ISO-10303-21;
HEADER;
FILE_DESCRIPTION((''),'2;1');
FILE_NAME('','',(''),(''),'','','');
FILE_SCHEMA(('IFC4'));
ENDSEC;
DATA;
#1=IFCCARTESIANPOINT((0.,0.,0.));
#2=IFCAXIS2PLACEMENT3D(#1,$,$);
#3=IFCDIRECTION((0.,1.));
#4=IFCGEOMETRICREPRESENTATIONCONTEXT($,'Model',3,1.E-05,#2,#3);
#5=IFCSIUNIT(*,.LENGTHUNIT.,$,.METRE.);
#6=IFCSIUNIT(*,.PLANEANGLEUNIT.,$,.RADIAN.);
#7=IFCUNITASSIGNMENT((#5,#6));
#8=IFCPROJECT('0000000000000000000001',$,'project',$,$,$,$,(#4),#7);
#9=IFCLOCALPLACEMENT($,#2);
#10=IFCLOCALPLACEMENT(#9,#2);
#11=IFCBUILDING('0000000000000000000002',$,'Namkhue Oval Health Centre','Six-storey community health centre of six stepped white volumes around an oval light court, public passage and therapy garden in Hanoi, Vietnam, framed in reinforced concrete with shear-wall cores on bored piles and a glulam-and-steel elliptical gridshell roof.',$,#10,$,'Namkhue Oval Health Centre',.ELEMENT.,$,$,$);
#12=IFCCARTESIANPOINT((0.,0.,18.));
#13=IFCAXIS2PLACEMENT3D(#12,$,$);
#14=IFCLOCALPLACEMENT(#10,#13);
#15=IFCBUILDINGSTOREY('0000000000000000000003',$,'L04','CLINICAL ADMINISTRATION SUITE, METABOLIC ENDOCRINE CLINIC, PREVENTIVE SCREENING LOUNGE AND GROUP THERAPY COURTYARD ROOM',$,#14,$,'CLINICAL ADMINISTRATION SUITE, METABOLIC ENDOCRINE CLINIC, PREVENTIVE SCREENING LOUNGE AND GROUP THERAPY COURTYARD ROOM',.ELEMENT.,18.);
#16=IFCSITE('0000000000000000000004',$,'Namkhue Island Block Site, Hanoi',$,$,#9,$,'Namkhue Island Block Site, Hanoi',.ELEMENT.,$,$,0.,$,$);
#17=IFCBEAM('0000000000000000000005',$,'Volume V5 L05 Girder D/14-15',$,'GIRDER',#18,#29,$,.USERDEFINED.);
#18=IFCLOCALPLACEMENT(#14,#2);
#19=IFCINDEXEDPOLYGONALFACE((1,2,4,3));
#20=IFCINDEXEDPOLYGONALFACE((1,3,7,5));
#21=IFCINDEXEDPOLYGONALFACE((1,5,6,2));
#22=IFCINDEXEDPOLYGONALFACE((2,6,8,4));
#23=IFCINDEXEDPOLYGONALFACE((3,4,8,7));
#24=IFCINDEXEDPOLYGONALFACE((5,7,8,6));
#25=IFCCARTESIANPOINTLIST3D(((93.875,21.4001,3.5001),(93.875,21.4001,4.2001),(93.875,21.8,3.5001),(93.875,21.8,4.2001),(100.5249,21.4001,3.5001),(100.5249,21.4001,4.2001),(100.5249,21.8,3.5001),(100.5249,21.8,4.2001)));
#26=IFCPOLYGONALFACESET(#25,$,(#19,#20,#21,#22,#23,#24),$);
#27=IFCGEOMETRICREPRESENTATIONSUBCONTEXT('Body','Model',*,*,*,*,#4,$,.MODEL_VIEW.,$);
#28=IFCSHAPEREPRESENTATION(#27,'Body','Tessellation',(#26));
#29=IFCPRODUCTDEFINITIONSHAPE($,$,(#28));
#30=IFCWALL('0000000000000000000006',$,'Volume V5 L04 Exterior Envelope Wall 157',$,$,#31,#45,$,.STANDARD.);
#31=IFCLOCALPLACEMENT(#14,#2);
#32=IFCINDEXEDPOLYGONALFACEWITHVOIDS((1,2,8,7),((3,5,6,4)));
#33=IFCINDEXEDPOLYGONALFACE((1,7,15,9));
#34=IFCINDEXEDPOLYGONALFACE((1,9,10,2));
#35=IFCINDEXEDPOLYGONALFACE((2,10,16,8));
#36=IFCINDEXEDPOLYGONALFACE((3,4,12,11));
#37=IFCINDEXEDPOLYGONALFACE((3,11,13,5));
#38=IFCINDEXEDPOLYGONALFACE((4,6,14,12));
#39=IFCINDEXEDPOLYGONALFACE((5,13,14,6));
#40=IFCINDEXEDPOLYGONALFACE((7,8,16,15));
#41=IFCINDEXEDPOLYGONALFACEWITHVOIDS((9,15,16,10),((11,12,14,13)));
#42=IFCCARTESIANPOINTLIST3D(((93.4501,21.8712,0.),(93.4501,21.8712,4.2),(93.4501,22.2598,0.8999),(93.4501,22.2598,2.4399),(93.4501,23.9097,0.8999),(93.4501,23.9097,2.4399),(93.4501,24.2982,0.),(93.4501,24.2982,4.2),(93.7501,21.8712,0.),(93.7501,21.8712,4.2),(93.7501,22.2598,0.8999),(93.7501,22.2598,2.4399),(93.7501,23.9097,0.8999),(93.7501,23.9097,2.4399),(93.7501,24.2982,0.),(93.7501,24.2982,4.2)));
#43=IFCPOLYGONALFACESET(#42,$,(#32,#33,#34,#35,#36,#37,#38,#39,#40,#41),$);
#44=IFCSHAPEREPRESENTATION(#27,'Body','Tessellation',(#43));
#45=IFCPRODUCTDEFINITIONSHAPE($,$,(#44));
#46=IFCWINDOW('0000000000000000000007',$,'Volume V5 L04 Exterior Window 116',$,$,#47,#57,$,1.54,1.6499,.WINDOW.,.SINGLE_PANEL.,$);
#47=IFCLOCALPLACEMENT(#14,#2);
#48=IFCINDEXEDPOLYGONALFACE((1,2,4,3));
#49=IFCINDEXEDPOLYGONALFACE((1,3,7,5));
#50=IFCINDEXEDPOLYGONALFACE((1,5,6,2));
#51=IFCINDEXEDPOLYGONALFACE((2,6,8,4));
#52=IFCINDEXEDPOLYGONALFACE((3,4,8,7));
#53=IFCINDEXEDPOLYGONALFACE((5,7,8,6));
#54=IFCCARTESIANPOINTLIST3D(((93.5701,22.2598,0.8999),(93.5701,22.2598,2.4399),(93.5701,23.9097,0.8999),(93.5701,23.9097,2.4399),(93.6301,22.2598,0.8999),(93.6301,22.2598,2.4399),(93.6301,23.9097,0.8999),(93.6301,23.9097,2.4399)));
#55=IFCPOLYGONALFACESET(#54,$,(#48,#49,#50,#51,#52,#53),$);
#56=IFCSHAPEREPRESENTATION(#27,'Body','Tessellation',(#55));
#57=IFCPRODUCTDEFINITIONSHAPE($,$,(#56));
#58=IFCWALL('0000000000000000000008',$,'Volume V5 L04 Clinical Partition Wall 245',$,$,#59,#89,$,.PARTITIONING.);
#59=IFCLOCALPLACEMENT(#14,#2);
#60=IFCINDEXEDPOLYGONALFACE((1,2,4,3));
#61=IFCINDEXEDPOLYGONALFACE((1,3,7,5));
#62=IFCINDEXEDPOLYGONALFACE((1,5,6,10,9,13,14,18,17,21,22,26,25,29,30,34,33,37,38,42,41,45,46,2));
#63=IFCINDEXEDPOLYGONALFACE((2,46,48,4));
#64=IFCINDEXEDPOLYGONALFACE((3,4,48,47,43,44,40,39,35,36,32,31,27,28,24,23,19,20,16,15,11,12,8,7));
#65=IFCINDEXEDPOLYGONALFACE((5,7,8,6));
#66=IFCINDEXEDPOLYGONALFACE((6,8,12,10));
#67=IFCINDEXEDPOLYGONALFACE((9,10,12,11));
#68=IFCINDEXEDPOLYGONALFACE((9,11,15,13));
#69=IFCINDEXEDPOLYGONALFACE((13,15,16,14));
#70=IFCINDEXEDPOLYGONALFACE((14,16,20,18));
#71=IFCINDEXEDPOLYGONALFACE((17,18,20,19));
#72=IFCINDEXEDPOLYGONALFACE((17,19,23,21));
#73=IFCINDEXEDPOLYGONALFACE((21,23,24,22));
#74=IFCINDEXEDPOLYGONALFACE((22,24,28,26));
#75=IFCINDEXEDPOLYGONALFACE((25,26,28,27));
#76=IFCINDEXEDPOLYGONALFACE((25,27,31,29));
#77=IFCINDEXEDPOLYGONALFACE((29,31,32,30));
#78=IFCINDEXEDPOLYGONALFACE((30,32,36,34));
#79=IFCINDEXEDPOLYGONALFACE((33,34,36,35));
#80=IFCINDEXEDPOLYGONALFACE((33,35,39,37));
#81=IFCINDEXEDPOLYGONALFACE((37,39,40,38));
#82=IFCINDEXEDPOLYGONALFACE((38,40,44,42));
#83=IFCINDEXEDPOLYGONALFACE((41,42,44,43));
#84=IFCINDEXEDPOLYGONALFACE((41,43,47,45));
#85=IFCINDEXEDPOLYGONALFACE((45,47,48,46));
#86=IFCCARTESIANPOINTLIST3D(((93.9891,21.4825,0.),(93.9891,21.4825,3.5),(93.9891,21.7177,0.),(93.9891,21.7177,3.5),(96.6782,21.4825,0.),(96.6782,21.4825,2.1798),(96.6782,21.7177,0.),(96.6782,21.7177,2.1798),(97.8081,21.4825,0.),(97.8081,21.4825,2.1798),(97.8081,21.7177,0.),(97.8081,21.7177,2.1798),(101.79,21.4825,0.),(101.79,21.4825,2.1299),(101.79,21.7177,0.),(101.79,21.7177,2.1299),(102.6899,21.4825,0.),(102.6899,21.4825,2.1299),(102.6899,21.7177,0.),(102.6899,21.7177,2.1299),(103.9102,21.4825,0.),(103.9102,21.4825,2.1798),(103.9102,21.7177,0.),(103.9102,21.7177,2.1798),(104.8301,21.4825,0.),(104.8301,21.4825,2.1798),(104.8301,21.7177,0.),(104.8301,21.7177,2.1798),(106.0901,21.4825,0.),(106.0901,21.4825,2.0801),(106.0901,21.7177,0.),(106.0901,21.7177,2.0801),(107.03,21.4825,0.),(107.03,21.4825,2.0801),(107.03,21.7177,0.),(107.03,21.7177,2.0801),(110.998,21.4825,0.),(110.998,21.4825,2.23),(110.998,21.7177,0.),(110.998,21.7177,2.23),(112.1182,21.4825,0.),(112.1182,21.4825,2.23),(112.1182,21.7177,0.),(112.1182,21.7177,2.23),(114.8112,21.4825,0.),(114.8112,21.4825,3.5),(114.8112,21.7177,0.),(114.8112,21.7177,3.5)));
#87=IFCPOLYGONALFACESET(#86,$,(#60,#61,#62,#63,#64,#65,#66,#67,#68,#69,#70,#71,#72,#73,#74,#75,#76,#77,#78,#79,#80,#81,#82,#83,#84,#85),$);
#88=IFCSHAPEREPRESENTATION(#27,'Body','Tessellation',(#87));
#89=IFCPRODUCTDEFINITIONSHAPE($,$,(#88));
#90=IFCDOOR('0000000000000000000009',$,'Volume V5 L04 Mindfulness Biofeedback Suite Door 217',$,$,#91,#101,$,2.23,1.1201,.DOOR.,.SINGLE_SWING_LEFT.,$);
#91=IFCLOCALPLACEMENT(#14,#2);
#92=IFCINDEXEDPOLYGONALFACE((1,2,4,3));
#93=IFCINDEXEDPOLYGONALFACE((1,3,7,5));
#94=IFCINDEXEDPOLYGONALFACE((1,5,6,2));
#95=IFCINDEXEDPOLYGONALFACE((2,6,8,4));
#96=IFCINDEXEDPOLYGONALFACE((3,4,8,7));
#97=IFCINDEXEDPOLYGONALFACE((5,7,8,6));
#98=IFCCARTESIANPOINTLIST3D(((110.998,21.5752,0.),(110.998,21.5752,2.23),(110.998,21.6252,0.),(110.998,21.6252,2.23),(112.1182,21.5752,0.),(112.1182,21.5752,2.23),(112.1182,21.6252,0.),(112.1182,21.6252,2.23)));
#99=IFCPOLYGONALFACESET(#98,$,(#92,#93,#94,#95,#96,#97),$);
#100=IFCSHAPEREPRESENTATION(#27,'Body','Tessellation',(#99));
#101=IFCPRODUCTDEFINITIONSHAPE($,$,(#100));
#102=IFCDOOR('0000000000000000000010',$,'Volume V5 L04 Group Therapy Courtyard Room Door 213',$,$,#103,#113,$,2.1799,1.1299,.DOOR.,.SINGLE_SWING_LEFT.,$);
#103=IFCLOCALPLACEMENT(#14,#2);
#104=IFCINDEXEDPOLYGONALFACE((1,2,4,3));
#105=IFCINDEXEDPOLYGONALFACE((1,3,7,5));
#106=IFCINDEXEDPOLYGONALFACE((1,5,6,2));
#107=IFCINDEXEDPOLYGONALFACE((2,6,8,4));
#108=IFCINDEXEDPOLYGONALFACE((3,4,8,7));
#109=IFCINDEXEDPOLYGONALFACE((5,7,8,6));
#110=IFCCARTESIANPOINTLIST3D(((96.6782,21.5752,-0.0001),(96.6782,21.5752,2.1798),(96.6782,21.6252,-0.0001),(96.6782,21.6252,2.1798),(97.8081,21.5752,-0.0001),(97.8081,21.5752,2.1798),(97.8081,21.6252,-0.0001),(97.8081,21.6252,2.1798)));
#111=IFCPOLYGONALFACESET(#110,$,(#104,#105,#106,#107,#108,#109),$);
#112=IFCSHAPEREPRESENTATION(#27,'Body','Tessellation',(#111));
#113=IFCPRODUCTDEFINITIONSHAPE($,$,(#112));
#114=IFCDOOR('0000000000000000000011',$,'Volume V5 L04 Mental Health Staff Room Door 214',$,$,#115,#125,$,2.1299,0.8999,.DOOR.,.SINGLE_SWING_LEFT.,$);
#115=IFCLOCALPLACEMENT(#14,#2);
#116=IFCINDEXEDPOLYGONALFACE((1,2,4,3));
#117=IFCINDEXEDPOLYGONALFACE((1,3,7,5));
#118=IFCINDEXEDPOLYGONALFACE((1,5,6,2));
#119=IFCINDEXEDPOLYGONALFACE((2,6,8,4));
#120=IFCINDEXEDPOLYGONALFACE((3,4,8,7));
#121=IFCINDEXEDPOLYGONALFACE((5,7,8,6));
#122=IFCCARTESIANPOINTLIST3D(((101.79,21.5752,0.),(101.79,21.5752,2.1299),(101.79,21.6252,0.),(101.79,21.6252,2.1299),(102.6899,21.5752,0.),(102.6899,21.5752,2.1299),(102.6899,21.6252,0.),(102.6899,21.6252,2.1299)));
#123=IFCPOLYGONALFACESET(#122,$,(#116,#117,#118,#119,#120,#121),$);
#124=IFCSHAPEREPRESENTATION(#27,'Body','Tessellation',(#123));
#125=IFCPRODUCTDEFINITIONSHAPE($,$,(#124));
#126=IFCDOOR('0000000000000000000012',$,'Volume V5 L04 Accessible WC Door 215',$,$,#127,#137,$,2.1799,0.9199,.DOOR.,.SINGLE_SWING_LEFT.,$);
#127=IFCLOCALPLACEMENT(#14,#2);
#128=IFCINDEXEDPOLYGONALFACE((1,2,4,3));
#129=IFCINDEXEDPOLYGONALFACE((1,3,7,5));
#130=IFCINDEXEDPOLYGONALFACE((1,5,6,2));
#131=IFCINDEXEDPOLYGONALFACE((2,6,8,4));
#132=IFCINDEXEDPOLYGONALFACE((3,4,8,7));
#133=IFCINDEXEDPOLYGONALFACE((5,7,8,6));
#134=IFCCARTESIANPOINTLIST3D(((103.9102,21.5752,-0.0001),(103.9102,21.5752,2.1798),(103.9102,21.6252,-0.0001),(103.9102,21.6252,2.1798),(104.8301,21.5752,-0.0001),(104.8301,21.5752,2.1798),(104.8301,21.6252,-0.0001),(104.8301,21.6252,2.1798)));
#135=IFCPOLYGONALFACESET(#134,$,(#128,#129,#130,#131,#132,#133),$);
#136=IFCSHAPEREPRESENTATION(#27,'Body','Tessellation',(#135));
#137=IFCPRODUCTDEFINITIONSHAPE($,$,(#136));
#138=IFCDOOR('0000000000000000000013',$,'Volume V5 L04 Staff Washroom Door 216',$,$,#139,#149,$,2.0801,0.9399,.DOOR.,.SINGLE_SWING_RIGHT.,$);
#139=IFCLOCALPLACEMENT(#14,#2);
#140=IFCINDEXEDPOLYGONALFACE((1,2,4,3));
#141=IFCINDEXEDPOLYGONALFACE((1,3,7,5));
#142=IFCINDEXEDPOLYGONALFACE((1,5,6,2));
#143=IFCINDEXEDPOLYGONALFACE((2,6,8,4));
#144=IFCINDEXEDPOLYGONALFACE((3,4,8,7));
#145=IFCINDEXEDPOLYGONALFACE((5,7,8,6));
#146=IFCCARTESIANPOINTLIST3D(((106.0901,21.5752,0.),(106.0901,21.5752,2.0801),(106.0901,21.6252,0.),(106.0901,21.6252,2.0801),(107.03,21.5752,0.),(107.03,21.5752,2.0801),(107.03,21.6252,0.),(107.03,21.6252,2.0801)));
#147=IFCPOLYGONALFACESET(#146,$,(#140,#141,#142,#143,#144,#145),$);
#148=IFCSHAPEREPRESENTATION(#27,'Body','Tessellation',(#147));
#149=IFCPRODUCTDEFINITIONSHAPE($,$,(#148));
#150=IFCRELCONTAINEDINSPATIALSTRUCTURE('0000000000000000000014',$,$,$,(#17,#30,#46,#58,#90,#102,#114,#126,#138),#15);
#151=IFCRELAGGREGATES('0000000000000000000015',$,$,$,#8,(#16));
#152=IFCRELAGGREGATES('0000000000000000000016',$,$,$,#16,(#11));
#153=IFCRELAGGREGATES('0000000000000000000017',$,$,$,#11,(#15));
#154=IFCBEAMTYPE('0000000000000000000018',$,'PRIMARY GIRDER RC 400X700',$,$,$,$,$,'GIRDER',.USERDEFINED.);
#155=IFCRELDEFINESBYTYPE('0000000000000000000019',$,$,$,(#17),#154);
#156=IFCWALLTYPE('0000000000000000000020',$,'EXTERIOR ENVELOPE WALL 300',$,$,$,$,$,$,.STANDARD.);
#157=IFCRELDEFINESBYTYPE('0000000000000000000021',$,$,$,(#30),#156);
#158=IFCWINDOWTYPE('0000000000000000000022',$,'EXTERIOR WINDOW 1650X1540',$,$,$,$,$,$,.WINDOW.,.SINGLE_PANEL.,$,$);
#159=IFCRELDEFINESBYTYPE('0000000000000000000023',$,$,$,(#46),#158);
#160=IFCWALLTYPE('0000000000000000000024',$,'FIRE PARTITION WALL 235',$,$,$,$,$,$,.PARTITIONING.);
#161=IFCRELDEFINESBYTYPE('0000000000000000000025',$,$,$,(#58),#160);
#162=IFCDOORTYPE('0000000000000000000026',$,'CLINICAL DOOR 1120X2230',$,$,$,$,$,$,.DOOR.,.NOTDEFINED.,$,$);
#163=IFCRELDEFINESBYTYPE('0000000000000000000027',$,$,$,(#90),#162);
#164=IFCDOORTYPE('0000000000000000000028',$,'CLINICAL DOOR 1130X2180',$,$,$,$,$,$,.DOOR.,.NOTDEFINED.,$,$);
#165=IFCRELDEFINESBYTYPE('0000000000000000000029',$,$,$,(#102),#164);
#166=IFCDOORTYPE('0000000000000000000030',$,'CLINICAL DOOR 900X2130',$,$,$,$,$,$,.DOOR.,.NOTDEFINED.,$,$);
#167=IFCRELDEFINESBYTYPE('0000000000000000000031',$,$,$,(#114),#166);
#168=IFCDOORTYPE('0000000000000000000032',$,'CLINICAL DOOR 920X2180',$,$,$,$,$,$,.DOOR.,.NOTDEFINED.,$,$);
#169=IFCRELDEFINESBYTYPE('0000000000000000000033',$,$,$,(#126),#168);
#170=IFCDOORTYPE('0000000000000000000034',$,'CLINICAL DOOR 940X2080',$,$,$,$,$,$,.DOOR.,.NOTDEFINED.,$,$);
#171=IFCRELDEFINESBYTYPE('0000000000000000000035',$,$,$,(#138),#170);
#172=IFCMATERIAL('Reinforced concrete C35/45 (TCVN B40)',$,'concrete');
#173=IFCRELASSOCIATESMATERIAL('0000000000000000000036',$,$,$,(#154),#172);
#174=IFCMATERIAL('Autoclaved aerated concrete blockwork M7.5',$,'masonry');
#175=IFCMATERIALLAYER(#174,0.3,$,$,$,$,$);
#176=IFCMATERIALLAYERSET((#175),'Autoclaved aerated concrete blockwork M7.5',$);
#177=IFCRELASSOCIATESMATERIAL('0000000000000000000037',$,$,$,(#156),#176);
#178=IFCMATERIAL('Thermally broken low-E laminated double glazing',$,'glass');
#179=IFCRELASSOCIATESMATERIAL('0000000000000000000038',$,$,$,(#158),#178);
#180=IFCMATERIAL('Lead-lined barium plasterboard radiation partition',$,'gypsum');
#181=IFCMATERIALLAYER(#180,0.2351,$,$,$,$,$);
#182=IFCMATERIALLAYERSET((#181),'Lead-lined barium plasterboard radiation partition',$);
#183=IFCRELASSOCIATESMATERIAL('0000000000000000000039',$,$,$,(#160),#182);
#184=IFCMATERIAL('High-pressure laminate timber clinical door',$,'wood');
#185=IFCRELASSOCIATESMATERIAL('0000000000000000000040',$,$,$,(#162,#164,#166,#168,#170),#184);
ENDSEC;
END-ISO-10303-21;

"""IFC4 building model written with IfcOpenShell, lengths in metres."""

from ifc_helpers import new_model, si_unit, direction, frame, frame_2d, origin, origin_2d, place, context, subcontext, project, spatial, rectangle, extrude, material, layer, layer_set, material_profile, profile_set, type_object, element, fill, save


model = new_model("IFC4")

# Units and contexts
model_context = context("Model", 3, precision=1e-05, world=origin(), true_north=direction((0.0, 1.0)))
body_context = subcontext(model_context, "Body", "Model", "MODEL_VIEW")
ifc_project = project(units=[si_unit("LENGTHUNIT", "METRE"), si_unit("PLANEANGLEUNIT", "RADIAN")], contexts=[model_context])

# Site, building, storey
site_placement = place(None, origin())
site = spatial("IfcSite", under=ifc_project, at=site_placement, Name="Namkhue Island Block Site, Hanoi", LongName="Namkhue Island Block Site, Hanoi", CompositionType="ELEMENT", RefElevation=0.0)
building_placement = place(site_placement, origin())
building = spatial("IfcBuilding", under=site, at=building_placement, Name="Namkhue Oval Health Centre", Description="Six-storey community health centre of six stepped white volumes around an oval light court, public passage and therapy garden in Hanoi, Vietnam, framed in reinforced concrete with shear-wall cores on bored piles and a glulam-and-steel elliptical gridshell roof.", LongName="Namkhue Oval Health Centre", CompositionType="ELEMENT")
storey_placement = place(building_placement, frame((0.0, 0.0, 18.0)))
storey = spatial("IfcBuildingStorey", under=building, at=storey_placement, Name="L04", Description="CLINICAL ADMINISTRATION SUITE, METABOLIC ENDOCRINE CLINIC, PREVENTIVE SCREENING LOUNGE AND GROUP THERAPY COURTYARD ROOM", LongName="CLINICAL ADMINISTRATION SUITE, METABOLIC ENDOCRINE CLINIC, PREVENTIVE SCREENING LOUNGE AND GROUP THERAPY COURTYARD ROOM", CompositionType="ELEMENT", Elevation=18.0)

# Beam
ifc_material_1 = material(Name="Reinforced concrete C35/45 (TCVN B40)", Category="concrete")
ifc_material_profile = material_profile(ifc_material_1, rectangle(XDim=0.3999, YDim=0.7, at=origin_2d()), Name="RC 400x700")
ifc_profile_set = profile_set([ifc_material_profile], Name="Reinforced concrete C35/45 (TCVN B40)")
beam_type = type_object("IfcBeamType", Name="PRIMARY GIRDER RC 400X700", ElementType="GIRDER", PredefinedType="USERDEFINED", material=ifc_profile_set)
beam_placement = place(storey_placement, frame((93.875, 21.6001, 3.8501), z_axis=(1.0, 0.0, 0.0), x_axis=(0.0, 1.0, 0.0)))
element("IfcBeam", 1, at=beam_placement, inside=storey, type_object=beam_type, Name="Volume V5 L05 Girder D/14-15", ObjectType="GIRDER", PredefinedType="USERDEFINED", context=body_context, shape_type="SweptSolid", body=[
    extrude(rectangle(XDim=0.3999, YDim=0.7, at=origin_2d()), origin(), (0.0, 0.0, 1.0), 6.6499),
])

# Wall, opening, window
ifc_material_2 = material(Name="Autoclaved aerated concrete blockwork M7.5", Category="masonry")
ifc_layer_1 = layer(ifc_material_2, 0.3)
ifc_layer_set_1 = layer_set([ifc_layer_1], Name="Autoclaved aerated concrete blockwork M7.5")
wall_type_1 = type_object("IfcWallType", Name="EXTERIOR ENVELOPE WALL 300", PredefinedType="STANDARD", material=ifc_layer_set_1)
wall_1_placement = place(storey_placement, frame((93.6001, 24.2981, 0.0), z_axis=(0.0, 0.0, 1.0), x_axis=(0.0, -1.0, 0.0)))
wall_1 = element("IfcWall", 2, at=wall_1_placement, inside=storey, type_object=wall_type_1, Name="Volume V5 L04 Exterior Envelope Wall 157", PredefinedType="STANDARD", context=body_context, shape_type="SweptSolid", body=[
    extrude(rectangle(XDim=2.427, YDim=0.3, at=frame_2d((1.2134, 0.0))), origin(), (0.0, 0.0, 1.0), 4.2),
])
opening_1_placement = place(wall_1_placement, frame((0.3884, 0.0, 0.8999)))
opening_1 = element("IfcOpeningElement", 3, at=opening_1_placement, cuts=wall_1, PredefinedType="OPENING", context=body_context, shape_type="SweptSolid", body=[
    extrude(rectangle(XDim=1.6499, YDim=1.54, at=frame_2d((0.825, 0.77))), frame((0.0, 0.1599, 0.0), z_axis=(0.0, -1.0, 0.0), x_axis=(1.0, 0.0, 0.0)), (0.0, 0.0, 1.0), 0.3201),
])
ifc_material_3 = material(Name="Thermally broken low-E laminated double glazing", Category="glass")
window_type = type_object("IfcWindowType", Name="EXTERIOR WINDOW 1650X1540", PartitioningType="SINGLE_PANEL", PredefinedType="WINDOW", material=ifc_material_3)
window_placement = place(opening_1_placement, origin())
window = element("IfcWindow", 4, at=window_placement, inside=storey, type_object=window_type, Name="Volume V5 L04 Exterior Window 116", OverallHeight=1.54, OverallWidth=1.6499, PartitioningType="SINGLE_PANEL", PredefinedType="WINDOW", context=body_context, shape_type="SweptSolid", body=[
    extrude(rectangle(XDim=1.6499, YDim=1.54, at=frame_2d((0.825, 0.77))), frame((0.0, 0.03, 0.0), z_axis=(0.0, -1.0, 0.0), x_axis=(1.0, 0.0, 0.0)), (0.0, 0.0, 1.0), 0.0601),
])
fill(opening_1, window)

# Wall, openings, doors
ifc_material_4 = material(Name="Lead-lined barium plasterboard radiation partition", Category="gypsum")
ifc_layer_2 = layer(ifc_material_4, 0.2351)
ifc_layer_set_2 = layer_set([ifc_layer_2], Name="Lead-lined barium plasterboard radiation partition")
wall_type_2 = type_object("IfcWallType", Name="FIRE PARTITION WALL 235", PredefinedType="PARTITIONING", material=ifc_layer_set_2)
wall_2_placement = place(storey_placement, frame((93.989, 21.6001, 0.0), z_axis=(0.0, 0.0, 1.0), x_axis=(1.0, 0.0, 0.0)))
wall_2 = element("IfcWall", 5, at=wall_2_placement, inside=storey, type_object=wall_type_2, Name="Volume V5 L04 Clinical Partition Wall 245", PredefinedType="PARTITIONING", context=body_context, shape_type="SweptSolid", body=[
    extrude(rectangle(XDim=20.822, YDim=0.2351, at=frame_2d((10.4111, 0.0))), origin(), (0.0, 0.0, 1.0), 3.5),
])
opening_2_placement = place(wall_2_placement, frame((2.6892, 0.0, 0.0)))
opening_2 = element("IfcOpeningElement", 6, at=opening_2_placement, cuts=wall_2, PredefinedType="OPENING", context=body_context, shape_type="SweptSolid", body=[
    extrude(rectangle(XDim=1.1299, YDim=2.1799, at=frame_2d((0.5649, 1.0898))), frame((0.0, 0.1274, 0.0), z_axis=(0.0, -1.0, 0.0), x_axis=(1.0, 0.0, 0.0)), (0.0, 0.0, 1.0), 0.2551),
])
opening_3_placement = place(wall_2_placement, frame((7.801, 0.0, 0.0)))
opening_3 = element("IfcOpeningElement", 7, at=opening_3_placement, cuts=wall_2, PredefinedType="OPENING", context=body_context, shape_type="SweptSolid", body=[
    extrude(rectangle(XDim=0.8999, YDim=2.1299, at=frame_2d((0.45, 1.0649))), frame((0.0, 0.1274, 0.0), z_axis=(0.0, -1.0, 0.0), x_axis=(1.0, 0.0, 0.0)), (0.0, 0.0, 1.0), 0.2551),
])
opening_4_placement = place(wall_2_placement, frame((9.9211, 0.0, 0.0)))
opening_4 = element("IfcOpeningElement", 8, at=opening_4_placement, cuts=wall_2, PredefinedType="OPENING", context=body_context, shape_type="SweptSolid", body=[
    extrude(rectangle(XDim=0.9199, YDim=2.1799, at=frame_2d((0.46, 1.0898))), frame((0.0, 0.1274, 0.0), z_axis=(0.0, -1.0, 0.0), x_axis=(1.0, 0.0, 0.0)), (0.0, 0.0, 1.0), 0.2551),
])
opening_5_placement = place(wall_2_placement, frame((12.1011, 0.0, 0.0)))
opening_5 = element("IfcOpeningElement", 9, at=opening_5_placement, cuts=wall_2, PredefinedType="OPENING", context=body_context, shape_type="SweptSolid", body=[
    extrude(rectangle(XDim=0.9399, YDim=2.0801, at=frame_2d((0.47, 1.04))), frame((0.0, 0.1274, 0.0), z_axis=(0.0, -1.0, 0.0), x_axis=(1.0, 0.0, 0.0)), (0.0, 0.0, 1.0), 0.2551),
])
opening_6_placement = place(wall_2_placement, frame((17.009, 0.0, 0.0)))
opening_6 = element("IfcOpeningElement", 10, at=opening_6_placement, cuts=wall_2, PredefinedType="OPENING", context=body_context, shape_type="SweptSolid", body=[
    extrude(rectangle(XDim=1.1201, YDim=2.23, at=frame_2d((0.5601, 1.115))), frame((0.0, 0.1274, 0.0), z_axis=(0.0, -1.0, 0.0), x_axis=(1.0, 0.0, 0.0)), (0.0, 0.0, 1.0), 0.2551),
])
ifc_material_5 = material(Name="High-pressure laminate timber clinical door", Category="wood")
door_type_1 = type_object("IfcDoorType", Name="CLINICAL DOOR 1120X2230", OperationType="NOTDEFINED", PredefinedType="DOOR", material=ifc_material_5)
door_1_placement = place(opening_6_placement, frame((1.1201, 0.0, 0.0), z_axis=(0.0, 0.0, 1.0), x_axis=(-1.0, 0.0, 0.0)))
door_1 = element("IfcDoor", 11, at=door_1_placement, inside=storey, type_object=door_type_1, Name="Volume V5 L04 Mindfulness Biofeedback Suite Door 217", OperationType="SINGLE_SWING_LEFT", OverallHeight=2.23, OverallWidth=1.1201, PredefinedType="DOOR", context=body_context, shape_type="SweptSolid", body=[
    extrude(rectangle(XDim=1.1201, YDim=2.23, at=frame_2d((0.5601, 1.115))), frame((0.0, 0.0249, 0.0), z_axis=(0.0, -1.0, 0.0), x_axis=(1.0, 0.0, 0.0)), (0.0, 0.0, 1.0), 0.05),
])
fill(opening_6, door_1)
door_type_2 = type_object("IfcDoorType", Name="CLINICAL DOOR 1130X2180", OperationType="NOTDEFINED", PredefinedType="DOOR", material=ifc_material_5)
door_2_placement = place(opening_2_placement, frame((1.1299, 0.0, 0.0), z_axis=(0.0, 0.0, 1.0), x_axis=(-1.0, 0.0, 0.0)))
door_2 = element("IfcDoor", 12, at=door_2_placement, inside=storey, type_object=door_type_2, Name="Volume V5 L04 Group Therapy Courtyard Room Door 213", OperationType="SINGLE_SWING_LEFT", OverallHeight=2.1799, OverallWidth=1.1299, PredefinedType="DOOR", context=body_context, shape_type="SweptSolid", body=[
    extrude(rectangle(XDim=1.1299, YDim=2.1799, at=frame_2d((0.5649, 1.0898))), frame((0.0, 0.0249, 0.0), z_axis=(0.0, -1.0, 0.0), x_axis=(1.0, 0.0, 0.0)), (0.0, 0.0, 1.0), 0.05),
])
fill(opening_2, door_2)
door_type_3 = type_object("IfcDoorType", Name="CLINICAL DOOR 900X2130", OperationType="NOTDEFINED", PredefinedType="DOOR", material=ifc_material_5)
door_3_placement = place(opening_3_placement, frame((0.8999, 0.0, 0.0), z_axis=(0.0, 0.0, 1.0), x_axis=(-1.0, 0.0, 0.0)))
door_3 = element("IfcDoor", 13, at=door_3_placement, inside=storey, type_object=door_type_3, Name="Volume V5 L04 Mental Health Staff Room Door 214", OperationType="SINGLE_SWING_LEFT", OverallHeight=2.1299, OverallWidth=0.8999, PredefinedType="DOOR", context=body_context, shape_type="SweptSolid", body=[
    extrude(rectangle(XDim=0.8999, YDim=2.1299, at=frame_2d((0.45, 1.0649))), frame((0.0, 0.0249, 0.0), z_axis=(0.0, -1.0, 0.0), x_axis=(1.0, 0.0, 0.0)), (0.0, 0.0, 1.0), 0.05),
])
fill(opening_3, door_3)
door_type_4 = type_object("IfcDoorType", Name="CLINICAL DOOR 920X2180", OperationType="NOTDEFINED", PredefinedType="DOOR", material=ifc_material_5)
door_4_placement = place(opening_4_placement, frame((0.9199, 0.0, 0.0), z_axis=(0.0, 0.0, 1.0), x_axis=(-1.0, 0.0, 0.0)))
door_4 = element("IfcDoor", 14, at=door_4_placement, inside=storey, type_object=door_type_4, Name="Volume V5 L04 Accessible WC Door 215", OperationType="SINGLE_SWING_LEFT", OverallHeight=2.1799, OverallWidth=0.9199, PredefinedType="DOOR", context=body_context, shape_type="SweptSolid", body=[
    extrude(rectangle(XDim=0.9199, YDim=2.1799, at=frame_2d((0.46, 1.0898))), frame((0.0, 0.0249, 0.0), z_axis=(0.0, -1.0, 0.0), x_axis=(1.0, 0.0, 0.0)), (0.0, 0.0, 1.0), 0.05),
])
fill(opening_4, door_4)
door_type_5 = type_object("IfcDoorType", Name="CLINICAL DOOR 940X2080", OperationType="NOTDEFINED", PredefinedType="DOOR", material=ifc_material_5)
door_5_placement = place(opening_5_placement, frame((0.9399, 0.0, 0.0), z_axis=(0.0, 0.0, 1.0), x_axis=(-1.0, 0.0, 0.0)))
door_5 = element("IfcDoor", 15, at=door_5_placement, inside=storey, type_object=door_type_5, Name="Volume V5 L04 Staff Washroom Door 216", OperationType="SINGLE_SWING_RIGHT", OverallHeight=2.0801, OverallWidth=0.9399, PredefinedType="DOOR", context=body_context, shape_type="SweptSolid", body=[
    extrude(rectangle(XDim=0.9399, YDim=2.0801, at=frame_2d((0.47, 1.04))), frame((0.0, 0.0249, 0.0), z_axis=(0.0, -1.0, 0.0), x_axis=(1.0, 0.0, 0.0)), (0.0, 0.0, 1.0), 0.05),
])
fill(opening_5, door_5)

save(model, "model.ifc")
